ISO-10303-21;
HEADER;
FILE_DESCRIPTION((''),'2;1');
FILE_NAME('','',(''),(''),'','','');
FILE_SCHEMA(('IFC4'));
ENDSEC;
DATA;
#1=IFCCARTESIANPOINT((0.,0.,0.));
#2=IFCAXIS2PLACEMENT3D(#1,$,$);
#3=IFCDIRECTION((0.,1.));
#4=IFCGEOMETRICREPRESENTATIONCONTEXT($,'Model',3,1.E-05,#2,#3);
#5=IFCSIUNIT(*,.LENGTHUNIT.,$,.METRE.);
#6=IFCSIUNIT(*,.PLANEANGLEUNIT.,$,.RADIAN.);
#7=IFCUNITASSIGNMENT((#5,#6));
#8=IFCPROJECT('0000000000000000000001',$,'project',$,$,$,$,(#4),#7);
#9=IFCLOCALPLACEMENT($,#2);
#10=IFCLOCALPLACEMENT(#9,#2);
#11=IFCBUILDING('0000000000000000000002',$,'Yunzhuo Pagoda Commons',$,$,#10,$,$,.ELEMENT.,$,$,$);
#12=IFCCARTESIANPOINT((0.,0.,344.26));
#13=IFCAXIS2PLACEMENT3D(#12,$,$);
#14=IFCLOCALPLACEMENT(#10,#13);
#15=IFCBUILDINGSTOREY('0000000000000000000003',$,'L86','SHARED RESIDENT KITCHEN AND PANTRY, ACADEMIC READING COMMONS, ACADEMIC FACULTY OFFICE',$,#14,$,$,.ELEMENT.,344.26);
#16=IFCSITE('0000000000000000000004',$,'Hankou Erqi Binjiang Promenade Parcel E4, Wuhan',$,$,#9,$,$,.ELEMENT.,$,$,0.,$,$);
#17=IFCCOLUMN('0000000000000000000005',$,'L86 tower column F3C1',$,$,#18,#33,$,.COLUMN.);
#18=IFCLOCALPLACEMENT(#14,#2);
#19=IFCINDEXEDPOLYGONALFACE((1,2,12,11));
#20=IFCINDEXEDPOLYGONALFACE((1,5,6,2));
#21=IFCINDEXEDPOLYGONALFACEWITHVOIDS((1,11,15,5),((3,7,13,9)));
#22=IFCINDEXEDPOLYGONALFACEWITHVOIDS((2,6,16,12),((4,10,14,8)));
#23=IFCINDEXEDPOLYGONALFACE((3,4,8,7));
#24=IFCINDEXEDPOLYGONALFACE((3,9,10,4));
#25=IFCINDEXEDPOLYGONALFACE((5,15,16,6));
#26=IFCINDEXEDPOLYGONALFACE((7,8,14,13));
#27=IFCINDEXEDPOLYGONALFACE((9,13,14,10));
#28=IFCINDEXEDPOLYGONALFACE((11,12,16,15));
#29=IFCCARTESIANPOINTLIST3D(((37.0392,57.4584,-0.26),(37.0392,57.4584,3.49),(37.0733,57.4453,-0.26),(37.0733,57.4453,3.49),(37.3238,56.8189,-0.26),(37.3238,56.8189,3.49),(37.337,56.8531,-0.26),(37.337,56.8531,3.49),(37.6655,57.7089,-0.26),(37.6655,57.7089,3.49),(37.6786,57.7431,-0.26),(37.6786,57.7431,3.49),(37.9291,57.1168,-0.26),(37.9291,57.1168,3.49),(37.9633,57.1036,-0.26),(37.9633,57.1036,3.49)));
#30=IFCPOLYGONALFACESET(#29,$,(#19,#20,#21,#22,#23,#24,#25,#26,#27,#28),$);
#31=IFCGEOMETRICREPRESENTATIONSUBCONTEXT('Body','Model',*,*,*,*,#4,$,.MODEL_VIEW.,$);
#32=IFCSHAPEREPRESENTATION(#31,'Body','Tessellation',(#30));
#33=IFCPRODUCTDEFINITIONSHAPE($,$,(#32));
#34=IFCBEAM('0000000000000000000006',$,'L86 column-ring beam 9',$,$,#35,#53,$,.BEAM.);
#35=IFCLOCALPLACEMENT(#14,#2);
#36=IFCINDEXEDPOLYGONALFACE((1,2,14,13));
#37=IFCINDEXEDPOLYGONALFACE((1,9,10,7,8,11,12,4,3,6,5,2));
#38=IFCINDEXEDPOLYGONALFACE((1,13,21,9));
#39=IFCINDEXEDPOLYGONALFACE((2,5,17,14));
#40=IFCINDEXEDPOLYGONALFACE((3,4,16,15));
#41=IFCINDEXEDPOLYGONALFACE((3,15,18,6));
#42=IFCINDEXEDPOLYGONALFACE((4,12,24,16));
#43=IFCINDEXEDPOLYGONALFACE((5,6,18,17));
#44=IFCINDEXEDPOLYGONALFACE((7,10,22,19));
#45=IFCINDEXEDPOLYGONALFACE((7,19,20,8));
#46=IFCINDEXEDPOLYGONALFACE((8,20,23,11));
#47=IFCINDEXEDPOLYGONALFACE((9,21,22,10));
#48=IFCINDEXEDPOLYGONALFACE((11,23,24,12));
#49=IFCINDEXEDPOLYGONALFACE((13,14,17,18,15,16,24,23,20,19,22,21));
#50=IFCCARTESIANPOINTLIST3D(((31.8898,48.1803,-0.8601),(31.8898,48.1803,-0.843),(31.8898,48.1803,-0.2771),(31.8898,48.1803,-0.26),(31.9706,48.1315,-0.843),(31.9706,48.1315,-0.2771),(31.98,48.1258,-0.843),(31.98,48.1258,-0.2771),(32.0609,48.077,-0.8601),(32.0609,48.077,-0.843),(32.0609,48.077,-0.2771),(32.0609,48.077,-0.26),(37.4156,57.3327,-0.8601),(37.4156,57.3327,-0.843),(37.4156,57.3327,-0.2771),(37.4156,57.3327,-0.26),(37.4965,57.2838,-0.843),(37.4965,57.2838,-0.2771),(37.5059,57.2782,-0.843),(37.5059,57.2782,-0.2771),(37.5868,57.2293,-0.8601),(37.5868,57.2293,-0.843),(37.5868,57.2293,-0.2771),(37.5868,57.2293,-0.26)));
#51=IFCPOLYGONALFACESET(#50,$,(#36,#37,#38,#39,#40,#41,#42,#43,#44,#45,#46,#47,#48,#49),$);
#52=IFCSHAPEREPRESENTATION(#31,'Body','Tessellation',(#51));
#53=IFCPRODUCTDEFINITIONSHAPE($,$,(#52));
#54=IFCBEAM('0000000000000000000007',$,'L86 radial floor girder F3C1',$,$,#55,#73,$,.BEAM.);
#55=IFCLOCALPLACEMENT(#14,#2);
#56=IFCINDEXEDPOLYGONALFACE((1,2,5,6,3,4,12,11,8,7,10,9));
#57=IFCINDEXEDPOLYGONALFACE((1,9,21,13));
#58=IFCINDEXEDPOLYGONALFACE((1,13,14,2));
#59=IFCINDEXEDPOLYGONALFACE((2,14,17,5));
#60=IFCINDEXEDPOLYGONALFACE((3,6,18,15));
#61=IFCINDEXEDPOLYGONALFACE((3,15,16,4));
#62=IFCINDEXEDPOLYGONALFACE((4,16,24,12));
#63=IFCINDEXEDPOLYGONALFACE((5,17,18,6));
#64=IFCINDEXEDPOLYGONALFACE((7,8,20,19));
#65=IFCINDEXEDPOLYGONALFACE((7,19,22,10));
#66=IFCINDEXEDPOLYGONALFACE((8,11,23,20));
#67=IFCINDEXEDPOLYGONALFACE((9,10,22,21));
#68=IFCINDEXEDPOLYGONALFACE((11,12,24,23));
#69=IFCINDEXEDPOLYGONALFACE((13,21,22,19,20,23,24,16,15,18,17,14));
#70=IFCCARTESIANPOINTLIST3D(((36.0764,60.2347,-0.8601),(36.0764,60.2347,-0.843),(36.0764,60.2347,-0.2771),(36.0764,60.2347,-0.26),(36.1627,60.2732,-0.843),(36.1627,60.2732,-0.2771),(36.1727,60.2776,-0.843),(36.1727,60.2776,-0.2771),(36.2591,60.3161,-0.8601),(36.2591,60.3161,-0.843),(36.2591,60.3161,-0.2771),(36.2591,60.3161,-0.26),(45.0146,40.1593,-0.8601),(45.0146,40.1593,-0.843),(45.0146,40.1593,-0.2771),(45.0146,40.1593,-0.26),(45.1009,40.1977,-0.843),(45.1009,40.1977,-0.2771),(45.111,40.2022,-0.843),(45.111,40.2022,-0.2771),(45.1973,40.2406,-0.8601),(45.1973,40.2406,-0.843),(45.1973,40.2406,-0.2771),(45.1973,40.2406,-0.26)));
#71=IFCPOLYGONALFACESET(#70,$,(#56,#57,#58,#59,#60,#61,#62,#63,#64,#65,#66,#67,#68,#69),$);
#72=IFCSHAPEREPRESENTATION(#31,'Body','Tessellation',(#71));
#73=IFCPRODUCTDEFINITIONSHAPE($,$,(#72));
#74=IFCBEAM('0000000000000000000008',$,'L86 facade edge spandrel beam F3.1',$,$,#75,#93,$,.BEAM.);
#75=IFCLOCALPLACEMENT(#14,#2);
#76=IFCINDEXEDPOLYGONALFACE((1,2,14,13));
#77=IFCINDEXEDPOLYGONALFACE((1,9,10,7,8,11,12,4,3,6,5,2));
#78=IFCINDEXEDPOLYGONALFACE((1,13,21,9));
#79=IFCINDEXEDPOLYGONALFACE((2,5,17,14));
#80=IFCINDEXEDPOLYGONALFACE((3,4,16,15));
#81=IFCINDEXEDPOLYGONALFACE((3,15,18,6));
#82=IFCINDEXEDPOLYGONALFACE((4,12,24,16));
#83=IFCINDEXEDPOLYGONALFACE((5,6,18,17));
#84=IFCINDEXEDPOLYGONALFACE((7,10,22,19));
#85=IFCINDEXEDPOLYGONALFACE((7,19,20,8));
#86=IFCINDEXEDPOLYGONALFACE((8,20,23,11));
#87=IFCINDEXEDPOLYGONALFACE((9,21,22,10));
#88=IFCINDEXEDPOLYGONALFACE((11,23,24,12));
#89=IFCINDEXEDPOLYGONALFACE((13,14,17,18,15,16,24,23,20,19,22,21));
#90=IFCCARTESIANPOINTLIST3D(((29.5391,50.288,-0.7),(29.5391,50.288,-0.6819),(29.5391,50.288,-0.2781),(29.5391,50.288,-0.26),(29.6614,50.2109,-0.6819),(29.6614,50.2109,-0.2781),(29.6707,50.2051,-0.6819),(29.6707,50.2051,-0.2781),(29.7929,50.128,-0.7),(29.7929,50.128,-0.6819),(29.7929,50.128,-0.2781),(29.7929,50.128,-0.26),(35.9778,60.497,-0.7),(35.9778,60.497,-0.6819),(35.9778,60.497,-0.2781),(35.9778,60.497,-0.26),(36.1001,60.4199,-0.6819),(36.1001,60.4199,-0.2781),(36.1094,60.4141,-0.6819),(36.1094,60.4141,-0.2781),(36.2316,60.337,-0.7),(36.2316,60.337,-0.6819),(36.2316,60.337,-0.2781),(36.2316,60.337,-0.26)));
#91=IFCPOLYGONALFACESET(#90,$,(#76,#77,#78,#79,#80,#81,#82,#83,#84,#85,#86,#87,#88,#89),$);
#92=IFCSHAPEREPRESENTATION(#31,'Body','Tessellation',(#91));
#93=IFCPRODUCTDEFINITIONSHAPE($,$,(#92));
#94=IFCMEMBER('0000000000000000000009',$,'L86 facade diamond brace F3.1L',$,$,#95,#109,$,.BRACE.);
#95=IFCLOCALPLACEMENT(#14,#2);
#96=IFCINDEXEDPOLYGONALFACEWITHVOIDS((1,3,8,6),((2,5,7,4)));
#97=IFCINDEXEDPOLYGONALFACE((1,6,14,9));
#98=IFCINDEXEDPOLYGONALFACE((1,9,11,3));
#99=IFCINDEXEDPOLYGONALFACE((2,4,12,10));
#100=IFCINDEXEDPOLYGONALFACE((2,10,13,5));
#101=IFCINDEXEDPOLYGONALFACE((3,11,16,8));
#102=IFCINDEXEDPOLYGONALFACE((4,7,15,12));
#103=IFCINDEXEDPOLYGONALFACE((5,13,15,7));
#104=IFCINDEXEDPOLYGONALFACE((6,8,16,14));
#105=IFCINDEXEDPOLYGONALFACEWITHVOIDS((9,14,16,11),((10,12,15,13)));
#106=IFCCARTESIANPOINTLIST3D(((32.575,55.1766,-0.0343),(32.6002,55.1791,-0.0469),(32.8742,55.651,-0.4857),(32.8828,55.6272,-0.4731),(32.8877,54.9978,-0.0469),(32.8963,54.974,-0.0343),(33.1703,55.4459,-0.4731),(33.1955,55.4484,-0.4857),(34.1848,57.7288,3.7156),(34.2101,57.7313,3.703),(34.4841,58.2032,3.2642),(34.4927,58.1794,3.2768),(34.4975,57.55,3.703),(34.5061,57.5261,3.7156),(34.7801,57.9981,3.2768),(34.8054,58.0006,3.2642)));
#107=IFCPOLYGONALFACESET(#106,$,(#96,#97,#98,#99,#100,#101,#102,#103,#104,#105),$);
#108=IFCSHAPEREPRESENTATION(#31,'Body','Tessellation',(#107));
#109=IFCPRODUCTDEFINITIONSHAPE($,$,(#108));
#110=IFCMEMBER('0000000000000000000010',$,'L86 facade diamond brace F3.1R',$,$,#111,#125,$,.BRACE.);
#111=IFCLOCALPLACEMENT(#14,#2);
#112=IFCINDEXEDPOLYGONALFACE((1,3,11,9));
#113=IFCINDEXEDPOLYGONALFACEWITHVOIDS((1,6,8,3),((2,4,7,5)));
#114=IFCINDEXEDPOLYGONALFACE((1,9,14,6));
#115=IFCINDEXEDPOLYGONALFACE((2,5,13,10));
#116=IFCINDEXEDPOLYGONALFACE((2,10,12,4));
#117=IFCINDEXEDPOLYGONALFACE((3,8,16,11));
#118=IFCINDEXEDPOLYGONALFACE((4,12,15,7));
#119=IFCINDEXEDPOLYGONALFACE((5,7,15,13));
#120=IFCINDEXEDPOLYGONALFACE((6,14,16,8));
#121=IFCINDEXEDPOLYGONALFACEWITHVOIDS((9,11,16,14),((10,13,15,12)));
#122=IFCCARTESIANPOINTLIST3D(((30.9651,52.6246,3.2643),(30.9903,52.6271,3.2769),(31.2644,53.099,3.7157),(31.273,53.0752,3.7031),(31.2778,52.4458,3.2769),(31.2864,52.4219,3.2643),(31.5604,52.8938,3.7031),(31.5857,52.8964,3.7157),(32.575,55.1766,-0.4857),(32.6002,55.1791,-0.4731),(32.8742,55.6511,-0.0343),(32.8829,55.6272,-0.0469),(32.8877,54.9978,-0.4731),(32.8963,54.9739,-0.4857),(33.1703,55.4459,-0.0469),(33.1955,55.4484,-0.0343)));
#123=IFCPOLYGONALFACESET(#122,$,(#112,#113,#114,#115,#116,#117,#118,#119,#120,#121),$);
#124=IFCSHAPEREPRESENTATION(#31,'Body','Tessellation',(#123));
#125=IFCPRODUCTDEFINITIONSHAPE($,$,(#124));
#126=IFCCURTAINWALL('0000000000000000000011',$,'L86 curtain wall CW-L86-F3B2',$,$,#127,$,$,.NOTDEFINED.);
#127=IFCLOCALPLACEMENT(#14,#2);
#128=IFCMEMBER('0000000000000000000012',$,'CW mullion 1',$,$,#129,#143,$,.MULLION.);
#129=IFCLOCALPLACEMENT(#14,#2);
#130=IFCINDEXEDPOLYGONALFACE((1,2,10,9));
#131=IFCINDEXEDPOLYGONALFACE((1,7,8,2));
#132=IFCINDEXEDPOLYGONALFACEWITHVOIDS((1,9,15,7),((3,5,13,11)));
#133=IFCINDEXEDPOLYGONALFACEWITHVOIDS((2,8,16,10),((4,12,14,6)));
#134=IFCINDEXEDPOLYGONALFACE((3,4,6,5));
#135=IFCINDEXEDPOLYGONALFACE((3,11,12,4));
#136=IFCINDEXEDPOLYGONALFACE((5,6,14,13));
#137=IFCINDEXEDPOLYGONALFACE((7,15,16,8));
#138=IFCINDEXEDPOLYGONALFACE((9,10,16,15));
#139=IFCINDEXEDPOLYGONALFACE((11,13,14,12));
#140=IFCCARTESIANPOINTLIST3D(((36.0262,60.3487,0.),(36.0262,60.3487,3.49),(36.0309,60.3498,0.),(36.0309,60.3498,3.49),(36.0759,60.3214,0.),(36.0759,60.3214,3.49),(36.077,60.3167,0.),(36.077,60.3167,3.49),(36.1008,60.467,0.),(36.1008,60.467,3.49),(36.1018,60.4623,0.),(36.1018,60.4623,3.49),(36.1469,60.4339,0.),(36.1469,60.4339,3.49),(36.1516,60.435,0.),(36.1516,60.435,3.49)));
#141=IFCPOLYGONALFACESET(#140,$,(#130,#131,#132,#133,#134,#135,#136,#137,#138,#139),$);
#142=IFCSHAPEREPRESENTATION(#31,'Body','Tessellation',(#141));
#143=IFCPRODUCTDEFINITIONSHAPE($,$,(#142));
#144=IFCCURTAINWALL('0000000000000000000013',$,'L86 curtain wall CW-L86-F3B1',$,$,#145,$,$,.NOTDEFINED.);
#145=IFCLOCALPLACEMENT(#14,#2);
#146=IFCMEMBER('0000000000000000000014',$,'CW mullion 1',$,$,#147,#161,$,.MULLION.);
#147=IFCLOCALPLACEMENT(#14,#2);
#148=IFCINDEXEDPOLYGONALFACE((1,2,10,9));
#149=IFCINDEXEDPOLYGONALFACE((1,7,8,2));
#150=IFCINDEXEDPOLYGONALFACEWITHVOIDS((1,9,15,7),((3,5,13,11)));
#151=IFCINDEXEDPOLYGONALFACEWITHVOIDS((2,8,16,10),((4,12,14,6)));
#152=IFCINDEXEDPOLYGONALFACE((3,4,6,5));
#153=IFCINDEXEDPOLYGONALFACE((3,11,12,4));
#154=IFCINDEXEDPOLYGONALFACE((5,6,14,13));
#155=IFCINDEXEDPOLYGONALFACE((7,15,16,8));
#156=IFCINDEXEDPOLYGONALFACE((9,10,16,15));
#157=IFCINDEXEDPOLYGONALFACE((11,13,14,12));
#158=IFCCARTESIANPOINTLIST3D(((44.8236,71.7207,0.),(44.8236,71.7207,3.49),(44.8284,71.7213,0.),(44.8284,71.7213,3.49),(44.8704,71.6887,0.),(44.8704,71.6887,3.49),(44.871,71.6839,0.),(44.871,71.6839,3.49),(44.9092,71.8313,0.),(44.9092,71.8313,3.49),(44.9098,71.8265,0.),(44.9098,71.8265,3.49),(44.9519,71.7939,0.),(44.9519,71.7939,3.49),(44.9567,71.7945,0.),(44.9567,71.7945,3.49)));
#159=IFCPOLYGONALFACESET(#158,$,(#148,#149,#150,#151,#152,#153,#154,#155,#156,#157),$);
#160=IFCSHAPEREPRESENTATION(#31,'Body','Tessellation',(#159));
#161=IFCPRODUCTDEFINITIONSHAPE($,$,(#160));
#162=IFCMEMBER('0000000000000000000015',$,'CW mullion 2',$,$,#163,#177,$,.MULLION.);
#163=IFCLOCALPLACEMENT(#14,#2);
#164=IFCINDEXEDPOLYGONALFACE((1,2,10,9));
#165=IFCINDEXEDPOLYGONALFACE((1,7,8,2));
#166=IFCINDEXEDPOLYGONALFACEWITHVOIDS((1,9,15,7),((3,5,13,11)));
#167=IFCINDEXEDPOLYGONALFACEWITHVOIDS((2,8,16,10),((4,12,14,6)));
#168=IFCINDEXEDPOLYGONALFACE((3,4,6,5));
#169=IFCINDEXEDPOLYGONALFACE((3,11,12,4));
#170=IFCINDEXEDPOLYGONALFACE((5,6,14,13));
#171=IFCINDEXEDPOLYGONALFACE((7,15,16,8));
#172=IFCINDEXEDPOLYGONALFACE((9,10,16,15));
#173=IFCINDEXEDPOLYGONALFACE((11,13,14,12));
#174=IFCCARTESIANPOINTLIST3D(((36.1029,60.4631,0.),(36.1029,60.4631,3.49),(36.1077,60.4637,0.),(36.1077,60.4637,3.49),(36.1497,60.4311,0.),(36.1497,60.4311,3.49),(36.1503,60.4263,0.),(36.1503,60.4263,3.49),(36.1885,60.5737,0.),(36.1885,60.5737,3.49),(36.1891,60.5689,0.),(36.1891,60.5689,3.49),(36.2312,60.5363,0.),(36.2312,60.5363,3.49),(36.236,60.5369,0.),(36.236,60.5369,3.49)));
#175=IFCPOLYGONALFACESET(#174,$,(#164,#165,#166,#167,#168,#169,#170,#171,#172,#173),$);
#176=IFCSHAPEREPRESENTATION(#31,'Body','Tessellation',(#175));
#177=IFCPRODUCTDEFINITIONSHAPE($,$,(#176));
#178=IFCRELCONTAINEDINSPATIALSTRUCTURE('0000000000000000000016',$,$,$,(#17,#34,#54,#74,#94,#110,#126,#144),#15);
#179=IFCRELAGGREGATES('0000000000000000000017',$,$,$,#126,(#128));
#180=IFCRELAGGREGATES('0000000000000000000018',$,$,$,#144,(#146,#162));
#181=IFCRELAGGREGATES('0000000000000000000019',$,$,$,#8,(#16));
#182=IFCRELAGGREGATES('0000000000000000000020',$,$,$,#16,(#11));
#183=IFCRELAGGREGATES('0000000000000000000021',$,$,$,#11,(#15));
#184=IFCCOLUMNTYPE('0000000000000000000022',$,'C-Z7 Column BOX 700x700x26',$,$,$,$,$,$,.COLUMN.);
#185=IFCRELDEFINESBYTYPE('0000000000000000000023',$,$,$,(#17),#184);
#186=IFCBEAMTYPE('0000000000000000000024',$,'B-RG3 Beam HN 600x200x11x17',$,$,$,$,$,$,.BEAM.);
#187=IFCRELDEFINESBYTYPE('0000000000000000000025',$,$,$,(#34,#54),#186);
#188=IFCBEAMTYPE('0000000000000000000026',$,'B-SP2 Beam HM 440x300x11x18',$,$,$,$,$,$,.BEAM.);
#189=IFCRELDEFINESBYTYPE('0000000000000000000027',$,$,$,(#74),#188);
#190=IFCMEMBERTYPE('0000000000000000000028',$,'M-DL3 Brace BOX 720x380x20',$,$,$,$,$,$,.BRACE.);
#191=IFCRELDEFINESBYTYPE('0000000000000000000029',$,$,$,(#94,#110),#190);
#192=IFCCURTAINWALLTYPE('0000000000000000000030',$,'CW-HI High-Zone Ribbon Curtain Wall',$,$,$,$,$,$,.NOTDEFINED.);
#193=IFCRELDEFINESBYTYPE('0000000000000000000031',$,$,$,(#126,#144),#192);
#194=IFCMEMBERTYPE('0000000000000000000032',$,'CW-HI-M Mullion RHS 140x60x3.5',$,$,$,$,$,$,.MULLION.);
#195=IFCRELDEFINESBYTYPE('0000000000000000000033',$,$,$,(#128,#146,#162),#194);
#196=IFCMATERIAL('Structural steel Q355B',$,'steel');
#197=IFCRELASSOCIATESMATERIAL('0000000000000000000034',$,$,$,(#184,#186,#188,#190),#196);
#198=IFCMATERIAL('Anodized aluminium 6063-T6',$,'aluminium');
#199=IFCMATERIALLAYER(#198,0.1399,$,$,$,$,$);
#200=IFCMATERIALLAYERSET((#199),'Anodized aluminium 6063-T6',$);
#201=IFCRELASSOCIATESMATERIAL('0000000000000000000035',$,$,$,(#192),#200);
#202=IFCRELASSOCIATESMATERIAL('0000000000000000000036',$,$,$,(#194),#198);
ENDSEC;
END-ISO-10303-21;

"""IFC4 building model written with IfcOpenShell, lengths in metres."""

from ifc_helpers import new_model, si_unit, direction, frame, origin, origin_2d, place, context, subcontext, project, spatial, hollow_rectangle, i_section, extrude, source, transform, mapped, material, layer, layer_set, material_profile, profile_set, type_object, element, aggregate, save


model = new_model("IFC4")

# Units and contexts
model_context = context("Model", 3, precision=1e-05, world=origin(), true_north=direction((0.0, 1.0)))
body_context = subcontext(model_context, "Body", "Model", "MODEL_VIEW")
ifc_project = project(units=[si_unit("LENGTHUNIT", "METRE"), si_unit("PLANEANGLEUNIT", "RADIAN")], contexts=[model_context])

# Site, building, storey
site_placement = place(None, origin())
site = spatial("IfcSite", under=ifc_project, at=site_placement, Name="Hankou Erqi Binjiang Promenade Parcel E4, Wuhan", CompositionType="ELEMENT", RefElevation=0.0)
building_placement = place(site_placement, origin())
building = spatial("IfcBuilding", under=site, at=building_placement, Name="Yunzhuo Pagoda Commons", CompositionType="ELEMENT")
storey_placement = place(building_placement, frame((0.0, 0.0, 344.26)))
storey = spatial("IfcBuildingStorey", under=building, at=storey_placement, Name="L86", Description="SHARED RESIDENT KITCHEN AND PANTRY, ACADEMIC READING COMMONS, ACADEMIC FACULTY OFFICE", CompositionType="ELEMENT", Elevation=344.26)

# Column
ifc_material_1 = material(Name="Structural steel Q355B", Category="steel")
ifc_material_profile_1 = material_profile(ifc_material_1, hollow_rectangle(XDim=0.7, YDim=0.7, WallThickness=0.0259, at=origin_2d()), Name="Structural steel Q355B")
ifc_profile_set_1 = profile_set([ifc_material_profile_1], Name="Structural steel Q355B")
column_type = type_object("IfcColumnType", Name="C-Z7 Column BOX 700x700x26", PredefinedType="COLUMN", material=ifc_profile_set_1)
shared_shape_1 = source(origin(), body_context, "Body", "SweptSolid", [
    extrude(hollow_rectangle(XDim=0.7, YDim=0.7, WallThickness=0.0259, at=origin_2d()), origin(), (0.0, 0.0, 1.0), 3.75),
])
column_placement = place(storey_placement, frame((37.5012, 57.281, -0.26), z_axis=(0.0, 0.0, 1.0), x_axis=(-0.913545, -0.406737, 0.0)))
element("IfcColumn", 1, at=column_placement, inside=storey, type_object=column_type, Name="L86 tower column F3C1", PredefinedType="COLUMN", context=body_context, shape_type="MappedRepresentation", body=[
    mapped(shared_shape_1, transform((0.0, 0.0, 0.0), scale=1.0)),
])

# Beams
ifc_material_profile_2 = material_profile(ifc_material_1, i_section(OverallWidth=0.2, OverallDepth=0.6001, WebThickness=0.011, FlangeThickness=0.0171, at=origin_2d()), Name="Structural steel Q355B")
ifc_profile_set_2 = profile_set([ifc_material_profile_2], Name="Structural steel Q355B")
beam_type_1 = type_object("IfcBeamType", Name="B-RG3 Beam HN 600x200x11x17", PredefinedType="BEAM", material=ifc_profile_set_2)
shared_shape_2 = source(origin(), body_context, "Body", "SweptSolid", [
    extrude(i_section(OverallWidth=0.2, OverallDepth=0.6001, WebThickness=0.011, FlangeThickness=0.0171, at=origin_2d()), origin(), (0.0, 0.0, 1.0), 10.6912),
])
beam_1_placement = place(storey_placement, frame((37.5012, 57.281, -0.5601), z_axis=(-0.516865, -0.856067, 0.0), x_axis=(0.856067, -0.516865, 0.0)))
element("IfcBeam", 2, at=beam_1_placement, inside=storey, type_object=beam_type_1, Name="L86 column-ring beam 9", PredefinedType="BEAM", context=body_context, shape_type="MappedRepresentation", body=[
    mapped(shared_shape_2, transform((0.0, 0.0, 0.0), scale=1.0)),
])
shared_shape_3 = source(origin(), body_context, "Body", "SweptSolid", [
    extrude(i_section(OverallWidth=0.2, OverallDepth=0.6001, WebThickness=0.011, FlangeThickness=0.0171, at=origin_2d()), origin(), (0.0, 0.0, 1.0), 21.9753),
])
beam_2_placement = place(storey_placement, frame((36.1677, 60.2754, -0.5601), z_axis=(0.406739, -0.913544, 0.0), x_axis=(0.913544, 0.406739, 0.0)))
element("IfcBeam", 3, at=beam_2_placement, inside=storey, type_object=beam_type_1, Name="L86 radial floor girder F3C1", PredefinedType="BEAM", context=body_context, shape_type="MappedRepresentation", body=[
    mapped(shared_shape_3, transform((0.0, 0.0, 0.0), scale=1.0)),
])
ifc_material_profile_3 = material_profile(ifc_material_1, i_section(OverallWidth=0.3, OverallDepth=0.4399, WebThickness=0.011, FlangeThickness=0.0181, at=origin_2d()), Name="Structural steel Q355B")
ifc_profile_set_3 = profile_set([ifc_material_profile_3], Name="Structural steel Q355B")
beam_type_2 = type_object("IfcBeamType", Name="B-SP2 Beam HM 440x300x11x18", PredefinedType="BEAM", material=ifc_profile_set_3)
shared_shape_4 = source(origin(), body_context, "Body", "SweptSolid", [
    extrude(i_section(OverallWidth=0.3, OverallDepth=0.4399, WebThickness=0.011, FlangeThickness=0.0181, at=origin_2d()), origin(), (0.0, 0.0, 1.0), 12.0698),
])
beam_3_placement = place(storey_placement, frame((36.1047, 60.417, -0.48), z_axis=(-0.533456, -0.845828, 0.0), x_axis=(0.845828, -0.533456, 0.0)))
element("IfcBeam", 4, at=beam_3_placement, inside=storey, type_object=beam_type_2, Name="L86 facade edge spandrel beam F3.1", PredefinedType="BEAM", context=body_context, shape_type="MappedRepresentation", body=[
    mapped(shared_shape_4, transform((0.0, 0.0, 0.0), scale=1.0)),
])

# Members
ifc_material_profile_4 = material_profile(ifc_material_1, hollow_rectangle(XDim=0.3799, YDim=0.72, WallThickness=0.02, at=origin_2d()), Name="Structural steel Q355B")
ifc_profile_set_4 = profile_set([ifc_material_profile_4], Name="Structural steel Q355B")
member_type_1 = type_object("IfcMemberType", Name="M-DL3 Brace BOX 720x380x20", PredefinedType="BRACE", material=ifc_profile_set_4)
shared_shape_5 = source(origin(), body_context, "Body", "SweptSolid", [
    extrude(hollow_rectangle(XDim=0.3799, YDim=0.72, WallThickness=0.02, at=origin_2d()), origin(), (0.0, 0.0, 1.0), 4.8132),
])
for number, where, z_axis, x_axis, name in (
    (5, (32.8853, 55.3125, -0.26), (0.33446, 0.530246, 0.779087), (-0.8458, 0.5335, 0.0), "L86 facade diamond brace F3.1L"),
    (6, (32.8853, 55.3125, -0.26), (-0.334469, -0.530209, 0.779108), (0.845777, -0.533536, 0.0), "L86 facade diamond brace F3.1R"),
):
    element("IfcMember", number, at=place(storey_placement, frame(where, z_axis=z_axis, x_axis=x_axis)), inside=storey, type_object=member_type_1, Name=name, PredefinedType="BRACE", context=body_context, shape_type="MappedRepresentation", body=[
        mapped(shared_shape_5, transform((0.0, 0.0, 0.0), scale=1.0)),
    ])

# Curtain wall, member
ifc_material_2 = material(Name="Anodized aluminium 6063-T6", Category="aluminium")
ifc_layer_1 = layer(ifc_material_2, 0.1399)
ifc_layer_set_1 = layer_set([ifc_layer_1], Name="Anodized aluminium 6063-T6")
curtain_wall_type = type_object("IfcCurtainWallType", Name="CW-HI High-Zone Ribbon Curtain Wall", PredefinedType="NOTDEFINED", material=ifc_layer_set_1)
curtain_wall_1_placement = place(storey_placement, origin())
curtain_wall_1 = element("IfcCurtainWall", 7, at=curtain_wall_1_placement, inside=storey, type_object=curtain_wall_type, Name="L86 curtain wall CW-L86-F3B2", PredefinedType="NOTDEFINED")
ifc_material_profile_5 = material_profile(ifc_material_2, hollow_rectangle(XDim=0.0601, YDim=0.1399, WallThickness=0.0034, at=origin_2d()), Name="Anodized aluminium 6063-T6")
ifc_profile_set_5 = profile_set([ifc_material_profile_5], Name="Anodized aluminium 6063-T6")
member_type_2 = type_object("IfcMemberType", Name="CW-HI-M Mullion RHS 140x60x3.5", PredefinedType="MULLION", material=ifc_profile_set_5)
shared_shape_6 = source(origin(), body_context, "Body", "SweptSolid", [
    extrude(hollow_rectangle(XDim=0.0601, YDim=0.1399, WallThickness=0.0034, at=origin_2d()), origin(), (0.0, 0.0, 1.0), 3.49),
])
member_1_placement = place(storey_placement, frame((36.0889, 60.3918, 0.0), z_axis=(0.0, 0.0, 1.0), x_axis=(0.845818, -0.533472, 0.0)))
member_1 = element("IfcMember", 8, at=member_1_placement, type_object=member_type_2, Name="CW mullion 1", PredefinedType="MULLION", context=body_context, shape_type="MappedRepresentation", body=[
    mapped(shared_shape_6, transform((0.0, 0.0, 0.0), scale=1.0)),
])

# Curtain wall, members
curtain_wall_2_placement = place(storey_placement, origin())
curtain_wall_2 = element("IfcCurtainWall", 9, at=curtain_wall_2_placement, inside=storey, type_object=curtain_wall_type, Name="L86 curtain wall CW-L86-F3B1", PredefinedType="NOTDEFINED")
member_2_placement = place(storey_placement, frame((44.8901, 71.7576, 0.0), z_axis=(0.0, 0.0, 1.0), x_axis=(0.790527, -0.612427, 0.0)))
member_2 = element("IfcMember", 10, at=member_2_placement, type_object=member_type_2, Name="CW mullion 1", PredefinedType="MULLION", context=body_context, shape_type="MappedRepresentation", body=[
    mapped(shared_shape_6, transform((0.0, 0.0, 0.0), scale=1.0)),
])
member_3_placement = place(storey_placement, frame((36.1694, 60.5, 0.0), z_axis=(0.0, 0.0, 1.0), x_axis=(0.790527, -0.612427, 0.0)))
member_3 = element("IfcMember", 11, at=member_3_placement, type_object=member_type_2, Name="CW mullion 2", PredefinedType="MULLION", context=body_context, shape_type="MappedRepresentation", body=[
    mapped(shared_shape_6, transform((0.0, 0.0, 0.0), scale=1.0)),
])

aggregate(curtain_wall_1, [member_1])

aggregate(curtain_wall_2, [member_2, member_3])

save(model, "model.ifc")
